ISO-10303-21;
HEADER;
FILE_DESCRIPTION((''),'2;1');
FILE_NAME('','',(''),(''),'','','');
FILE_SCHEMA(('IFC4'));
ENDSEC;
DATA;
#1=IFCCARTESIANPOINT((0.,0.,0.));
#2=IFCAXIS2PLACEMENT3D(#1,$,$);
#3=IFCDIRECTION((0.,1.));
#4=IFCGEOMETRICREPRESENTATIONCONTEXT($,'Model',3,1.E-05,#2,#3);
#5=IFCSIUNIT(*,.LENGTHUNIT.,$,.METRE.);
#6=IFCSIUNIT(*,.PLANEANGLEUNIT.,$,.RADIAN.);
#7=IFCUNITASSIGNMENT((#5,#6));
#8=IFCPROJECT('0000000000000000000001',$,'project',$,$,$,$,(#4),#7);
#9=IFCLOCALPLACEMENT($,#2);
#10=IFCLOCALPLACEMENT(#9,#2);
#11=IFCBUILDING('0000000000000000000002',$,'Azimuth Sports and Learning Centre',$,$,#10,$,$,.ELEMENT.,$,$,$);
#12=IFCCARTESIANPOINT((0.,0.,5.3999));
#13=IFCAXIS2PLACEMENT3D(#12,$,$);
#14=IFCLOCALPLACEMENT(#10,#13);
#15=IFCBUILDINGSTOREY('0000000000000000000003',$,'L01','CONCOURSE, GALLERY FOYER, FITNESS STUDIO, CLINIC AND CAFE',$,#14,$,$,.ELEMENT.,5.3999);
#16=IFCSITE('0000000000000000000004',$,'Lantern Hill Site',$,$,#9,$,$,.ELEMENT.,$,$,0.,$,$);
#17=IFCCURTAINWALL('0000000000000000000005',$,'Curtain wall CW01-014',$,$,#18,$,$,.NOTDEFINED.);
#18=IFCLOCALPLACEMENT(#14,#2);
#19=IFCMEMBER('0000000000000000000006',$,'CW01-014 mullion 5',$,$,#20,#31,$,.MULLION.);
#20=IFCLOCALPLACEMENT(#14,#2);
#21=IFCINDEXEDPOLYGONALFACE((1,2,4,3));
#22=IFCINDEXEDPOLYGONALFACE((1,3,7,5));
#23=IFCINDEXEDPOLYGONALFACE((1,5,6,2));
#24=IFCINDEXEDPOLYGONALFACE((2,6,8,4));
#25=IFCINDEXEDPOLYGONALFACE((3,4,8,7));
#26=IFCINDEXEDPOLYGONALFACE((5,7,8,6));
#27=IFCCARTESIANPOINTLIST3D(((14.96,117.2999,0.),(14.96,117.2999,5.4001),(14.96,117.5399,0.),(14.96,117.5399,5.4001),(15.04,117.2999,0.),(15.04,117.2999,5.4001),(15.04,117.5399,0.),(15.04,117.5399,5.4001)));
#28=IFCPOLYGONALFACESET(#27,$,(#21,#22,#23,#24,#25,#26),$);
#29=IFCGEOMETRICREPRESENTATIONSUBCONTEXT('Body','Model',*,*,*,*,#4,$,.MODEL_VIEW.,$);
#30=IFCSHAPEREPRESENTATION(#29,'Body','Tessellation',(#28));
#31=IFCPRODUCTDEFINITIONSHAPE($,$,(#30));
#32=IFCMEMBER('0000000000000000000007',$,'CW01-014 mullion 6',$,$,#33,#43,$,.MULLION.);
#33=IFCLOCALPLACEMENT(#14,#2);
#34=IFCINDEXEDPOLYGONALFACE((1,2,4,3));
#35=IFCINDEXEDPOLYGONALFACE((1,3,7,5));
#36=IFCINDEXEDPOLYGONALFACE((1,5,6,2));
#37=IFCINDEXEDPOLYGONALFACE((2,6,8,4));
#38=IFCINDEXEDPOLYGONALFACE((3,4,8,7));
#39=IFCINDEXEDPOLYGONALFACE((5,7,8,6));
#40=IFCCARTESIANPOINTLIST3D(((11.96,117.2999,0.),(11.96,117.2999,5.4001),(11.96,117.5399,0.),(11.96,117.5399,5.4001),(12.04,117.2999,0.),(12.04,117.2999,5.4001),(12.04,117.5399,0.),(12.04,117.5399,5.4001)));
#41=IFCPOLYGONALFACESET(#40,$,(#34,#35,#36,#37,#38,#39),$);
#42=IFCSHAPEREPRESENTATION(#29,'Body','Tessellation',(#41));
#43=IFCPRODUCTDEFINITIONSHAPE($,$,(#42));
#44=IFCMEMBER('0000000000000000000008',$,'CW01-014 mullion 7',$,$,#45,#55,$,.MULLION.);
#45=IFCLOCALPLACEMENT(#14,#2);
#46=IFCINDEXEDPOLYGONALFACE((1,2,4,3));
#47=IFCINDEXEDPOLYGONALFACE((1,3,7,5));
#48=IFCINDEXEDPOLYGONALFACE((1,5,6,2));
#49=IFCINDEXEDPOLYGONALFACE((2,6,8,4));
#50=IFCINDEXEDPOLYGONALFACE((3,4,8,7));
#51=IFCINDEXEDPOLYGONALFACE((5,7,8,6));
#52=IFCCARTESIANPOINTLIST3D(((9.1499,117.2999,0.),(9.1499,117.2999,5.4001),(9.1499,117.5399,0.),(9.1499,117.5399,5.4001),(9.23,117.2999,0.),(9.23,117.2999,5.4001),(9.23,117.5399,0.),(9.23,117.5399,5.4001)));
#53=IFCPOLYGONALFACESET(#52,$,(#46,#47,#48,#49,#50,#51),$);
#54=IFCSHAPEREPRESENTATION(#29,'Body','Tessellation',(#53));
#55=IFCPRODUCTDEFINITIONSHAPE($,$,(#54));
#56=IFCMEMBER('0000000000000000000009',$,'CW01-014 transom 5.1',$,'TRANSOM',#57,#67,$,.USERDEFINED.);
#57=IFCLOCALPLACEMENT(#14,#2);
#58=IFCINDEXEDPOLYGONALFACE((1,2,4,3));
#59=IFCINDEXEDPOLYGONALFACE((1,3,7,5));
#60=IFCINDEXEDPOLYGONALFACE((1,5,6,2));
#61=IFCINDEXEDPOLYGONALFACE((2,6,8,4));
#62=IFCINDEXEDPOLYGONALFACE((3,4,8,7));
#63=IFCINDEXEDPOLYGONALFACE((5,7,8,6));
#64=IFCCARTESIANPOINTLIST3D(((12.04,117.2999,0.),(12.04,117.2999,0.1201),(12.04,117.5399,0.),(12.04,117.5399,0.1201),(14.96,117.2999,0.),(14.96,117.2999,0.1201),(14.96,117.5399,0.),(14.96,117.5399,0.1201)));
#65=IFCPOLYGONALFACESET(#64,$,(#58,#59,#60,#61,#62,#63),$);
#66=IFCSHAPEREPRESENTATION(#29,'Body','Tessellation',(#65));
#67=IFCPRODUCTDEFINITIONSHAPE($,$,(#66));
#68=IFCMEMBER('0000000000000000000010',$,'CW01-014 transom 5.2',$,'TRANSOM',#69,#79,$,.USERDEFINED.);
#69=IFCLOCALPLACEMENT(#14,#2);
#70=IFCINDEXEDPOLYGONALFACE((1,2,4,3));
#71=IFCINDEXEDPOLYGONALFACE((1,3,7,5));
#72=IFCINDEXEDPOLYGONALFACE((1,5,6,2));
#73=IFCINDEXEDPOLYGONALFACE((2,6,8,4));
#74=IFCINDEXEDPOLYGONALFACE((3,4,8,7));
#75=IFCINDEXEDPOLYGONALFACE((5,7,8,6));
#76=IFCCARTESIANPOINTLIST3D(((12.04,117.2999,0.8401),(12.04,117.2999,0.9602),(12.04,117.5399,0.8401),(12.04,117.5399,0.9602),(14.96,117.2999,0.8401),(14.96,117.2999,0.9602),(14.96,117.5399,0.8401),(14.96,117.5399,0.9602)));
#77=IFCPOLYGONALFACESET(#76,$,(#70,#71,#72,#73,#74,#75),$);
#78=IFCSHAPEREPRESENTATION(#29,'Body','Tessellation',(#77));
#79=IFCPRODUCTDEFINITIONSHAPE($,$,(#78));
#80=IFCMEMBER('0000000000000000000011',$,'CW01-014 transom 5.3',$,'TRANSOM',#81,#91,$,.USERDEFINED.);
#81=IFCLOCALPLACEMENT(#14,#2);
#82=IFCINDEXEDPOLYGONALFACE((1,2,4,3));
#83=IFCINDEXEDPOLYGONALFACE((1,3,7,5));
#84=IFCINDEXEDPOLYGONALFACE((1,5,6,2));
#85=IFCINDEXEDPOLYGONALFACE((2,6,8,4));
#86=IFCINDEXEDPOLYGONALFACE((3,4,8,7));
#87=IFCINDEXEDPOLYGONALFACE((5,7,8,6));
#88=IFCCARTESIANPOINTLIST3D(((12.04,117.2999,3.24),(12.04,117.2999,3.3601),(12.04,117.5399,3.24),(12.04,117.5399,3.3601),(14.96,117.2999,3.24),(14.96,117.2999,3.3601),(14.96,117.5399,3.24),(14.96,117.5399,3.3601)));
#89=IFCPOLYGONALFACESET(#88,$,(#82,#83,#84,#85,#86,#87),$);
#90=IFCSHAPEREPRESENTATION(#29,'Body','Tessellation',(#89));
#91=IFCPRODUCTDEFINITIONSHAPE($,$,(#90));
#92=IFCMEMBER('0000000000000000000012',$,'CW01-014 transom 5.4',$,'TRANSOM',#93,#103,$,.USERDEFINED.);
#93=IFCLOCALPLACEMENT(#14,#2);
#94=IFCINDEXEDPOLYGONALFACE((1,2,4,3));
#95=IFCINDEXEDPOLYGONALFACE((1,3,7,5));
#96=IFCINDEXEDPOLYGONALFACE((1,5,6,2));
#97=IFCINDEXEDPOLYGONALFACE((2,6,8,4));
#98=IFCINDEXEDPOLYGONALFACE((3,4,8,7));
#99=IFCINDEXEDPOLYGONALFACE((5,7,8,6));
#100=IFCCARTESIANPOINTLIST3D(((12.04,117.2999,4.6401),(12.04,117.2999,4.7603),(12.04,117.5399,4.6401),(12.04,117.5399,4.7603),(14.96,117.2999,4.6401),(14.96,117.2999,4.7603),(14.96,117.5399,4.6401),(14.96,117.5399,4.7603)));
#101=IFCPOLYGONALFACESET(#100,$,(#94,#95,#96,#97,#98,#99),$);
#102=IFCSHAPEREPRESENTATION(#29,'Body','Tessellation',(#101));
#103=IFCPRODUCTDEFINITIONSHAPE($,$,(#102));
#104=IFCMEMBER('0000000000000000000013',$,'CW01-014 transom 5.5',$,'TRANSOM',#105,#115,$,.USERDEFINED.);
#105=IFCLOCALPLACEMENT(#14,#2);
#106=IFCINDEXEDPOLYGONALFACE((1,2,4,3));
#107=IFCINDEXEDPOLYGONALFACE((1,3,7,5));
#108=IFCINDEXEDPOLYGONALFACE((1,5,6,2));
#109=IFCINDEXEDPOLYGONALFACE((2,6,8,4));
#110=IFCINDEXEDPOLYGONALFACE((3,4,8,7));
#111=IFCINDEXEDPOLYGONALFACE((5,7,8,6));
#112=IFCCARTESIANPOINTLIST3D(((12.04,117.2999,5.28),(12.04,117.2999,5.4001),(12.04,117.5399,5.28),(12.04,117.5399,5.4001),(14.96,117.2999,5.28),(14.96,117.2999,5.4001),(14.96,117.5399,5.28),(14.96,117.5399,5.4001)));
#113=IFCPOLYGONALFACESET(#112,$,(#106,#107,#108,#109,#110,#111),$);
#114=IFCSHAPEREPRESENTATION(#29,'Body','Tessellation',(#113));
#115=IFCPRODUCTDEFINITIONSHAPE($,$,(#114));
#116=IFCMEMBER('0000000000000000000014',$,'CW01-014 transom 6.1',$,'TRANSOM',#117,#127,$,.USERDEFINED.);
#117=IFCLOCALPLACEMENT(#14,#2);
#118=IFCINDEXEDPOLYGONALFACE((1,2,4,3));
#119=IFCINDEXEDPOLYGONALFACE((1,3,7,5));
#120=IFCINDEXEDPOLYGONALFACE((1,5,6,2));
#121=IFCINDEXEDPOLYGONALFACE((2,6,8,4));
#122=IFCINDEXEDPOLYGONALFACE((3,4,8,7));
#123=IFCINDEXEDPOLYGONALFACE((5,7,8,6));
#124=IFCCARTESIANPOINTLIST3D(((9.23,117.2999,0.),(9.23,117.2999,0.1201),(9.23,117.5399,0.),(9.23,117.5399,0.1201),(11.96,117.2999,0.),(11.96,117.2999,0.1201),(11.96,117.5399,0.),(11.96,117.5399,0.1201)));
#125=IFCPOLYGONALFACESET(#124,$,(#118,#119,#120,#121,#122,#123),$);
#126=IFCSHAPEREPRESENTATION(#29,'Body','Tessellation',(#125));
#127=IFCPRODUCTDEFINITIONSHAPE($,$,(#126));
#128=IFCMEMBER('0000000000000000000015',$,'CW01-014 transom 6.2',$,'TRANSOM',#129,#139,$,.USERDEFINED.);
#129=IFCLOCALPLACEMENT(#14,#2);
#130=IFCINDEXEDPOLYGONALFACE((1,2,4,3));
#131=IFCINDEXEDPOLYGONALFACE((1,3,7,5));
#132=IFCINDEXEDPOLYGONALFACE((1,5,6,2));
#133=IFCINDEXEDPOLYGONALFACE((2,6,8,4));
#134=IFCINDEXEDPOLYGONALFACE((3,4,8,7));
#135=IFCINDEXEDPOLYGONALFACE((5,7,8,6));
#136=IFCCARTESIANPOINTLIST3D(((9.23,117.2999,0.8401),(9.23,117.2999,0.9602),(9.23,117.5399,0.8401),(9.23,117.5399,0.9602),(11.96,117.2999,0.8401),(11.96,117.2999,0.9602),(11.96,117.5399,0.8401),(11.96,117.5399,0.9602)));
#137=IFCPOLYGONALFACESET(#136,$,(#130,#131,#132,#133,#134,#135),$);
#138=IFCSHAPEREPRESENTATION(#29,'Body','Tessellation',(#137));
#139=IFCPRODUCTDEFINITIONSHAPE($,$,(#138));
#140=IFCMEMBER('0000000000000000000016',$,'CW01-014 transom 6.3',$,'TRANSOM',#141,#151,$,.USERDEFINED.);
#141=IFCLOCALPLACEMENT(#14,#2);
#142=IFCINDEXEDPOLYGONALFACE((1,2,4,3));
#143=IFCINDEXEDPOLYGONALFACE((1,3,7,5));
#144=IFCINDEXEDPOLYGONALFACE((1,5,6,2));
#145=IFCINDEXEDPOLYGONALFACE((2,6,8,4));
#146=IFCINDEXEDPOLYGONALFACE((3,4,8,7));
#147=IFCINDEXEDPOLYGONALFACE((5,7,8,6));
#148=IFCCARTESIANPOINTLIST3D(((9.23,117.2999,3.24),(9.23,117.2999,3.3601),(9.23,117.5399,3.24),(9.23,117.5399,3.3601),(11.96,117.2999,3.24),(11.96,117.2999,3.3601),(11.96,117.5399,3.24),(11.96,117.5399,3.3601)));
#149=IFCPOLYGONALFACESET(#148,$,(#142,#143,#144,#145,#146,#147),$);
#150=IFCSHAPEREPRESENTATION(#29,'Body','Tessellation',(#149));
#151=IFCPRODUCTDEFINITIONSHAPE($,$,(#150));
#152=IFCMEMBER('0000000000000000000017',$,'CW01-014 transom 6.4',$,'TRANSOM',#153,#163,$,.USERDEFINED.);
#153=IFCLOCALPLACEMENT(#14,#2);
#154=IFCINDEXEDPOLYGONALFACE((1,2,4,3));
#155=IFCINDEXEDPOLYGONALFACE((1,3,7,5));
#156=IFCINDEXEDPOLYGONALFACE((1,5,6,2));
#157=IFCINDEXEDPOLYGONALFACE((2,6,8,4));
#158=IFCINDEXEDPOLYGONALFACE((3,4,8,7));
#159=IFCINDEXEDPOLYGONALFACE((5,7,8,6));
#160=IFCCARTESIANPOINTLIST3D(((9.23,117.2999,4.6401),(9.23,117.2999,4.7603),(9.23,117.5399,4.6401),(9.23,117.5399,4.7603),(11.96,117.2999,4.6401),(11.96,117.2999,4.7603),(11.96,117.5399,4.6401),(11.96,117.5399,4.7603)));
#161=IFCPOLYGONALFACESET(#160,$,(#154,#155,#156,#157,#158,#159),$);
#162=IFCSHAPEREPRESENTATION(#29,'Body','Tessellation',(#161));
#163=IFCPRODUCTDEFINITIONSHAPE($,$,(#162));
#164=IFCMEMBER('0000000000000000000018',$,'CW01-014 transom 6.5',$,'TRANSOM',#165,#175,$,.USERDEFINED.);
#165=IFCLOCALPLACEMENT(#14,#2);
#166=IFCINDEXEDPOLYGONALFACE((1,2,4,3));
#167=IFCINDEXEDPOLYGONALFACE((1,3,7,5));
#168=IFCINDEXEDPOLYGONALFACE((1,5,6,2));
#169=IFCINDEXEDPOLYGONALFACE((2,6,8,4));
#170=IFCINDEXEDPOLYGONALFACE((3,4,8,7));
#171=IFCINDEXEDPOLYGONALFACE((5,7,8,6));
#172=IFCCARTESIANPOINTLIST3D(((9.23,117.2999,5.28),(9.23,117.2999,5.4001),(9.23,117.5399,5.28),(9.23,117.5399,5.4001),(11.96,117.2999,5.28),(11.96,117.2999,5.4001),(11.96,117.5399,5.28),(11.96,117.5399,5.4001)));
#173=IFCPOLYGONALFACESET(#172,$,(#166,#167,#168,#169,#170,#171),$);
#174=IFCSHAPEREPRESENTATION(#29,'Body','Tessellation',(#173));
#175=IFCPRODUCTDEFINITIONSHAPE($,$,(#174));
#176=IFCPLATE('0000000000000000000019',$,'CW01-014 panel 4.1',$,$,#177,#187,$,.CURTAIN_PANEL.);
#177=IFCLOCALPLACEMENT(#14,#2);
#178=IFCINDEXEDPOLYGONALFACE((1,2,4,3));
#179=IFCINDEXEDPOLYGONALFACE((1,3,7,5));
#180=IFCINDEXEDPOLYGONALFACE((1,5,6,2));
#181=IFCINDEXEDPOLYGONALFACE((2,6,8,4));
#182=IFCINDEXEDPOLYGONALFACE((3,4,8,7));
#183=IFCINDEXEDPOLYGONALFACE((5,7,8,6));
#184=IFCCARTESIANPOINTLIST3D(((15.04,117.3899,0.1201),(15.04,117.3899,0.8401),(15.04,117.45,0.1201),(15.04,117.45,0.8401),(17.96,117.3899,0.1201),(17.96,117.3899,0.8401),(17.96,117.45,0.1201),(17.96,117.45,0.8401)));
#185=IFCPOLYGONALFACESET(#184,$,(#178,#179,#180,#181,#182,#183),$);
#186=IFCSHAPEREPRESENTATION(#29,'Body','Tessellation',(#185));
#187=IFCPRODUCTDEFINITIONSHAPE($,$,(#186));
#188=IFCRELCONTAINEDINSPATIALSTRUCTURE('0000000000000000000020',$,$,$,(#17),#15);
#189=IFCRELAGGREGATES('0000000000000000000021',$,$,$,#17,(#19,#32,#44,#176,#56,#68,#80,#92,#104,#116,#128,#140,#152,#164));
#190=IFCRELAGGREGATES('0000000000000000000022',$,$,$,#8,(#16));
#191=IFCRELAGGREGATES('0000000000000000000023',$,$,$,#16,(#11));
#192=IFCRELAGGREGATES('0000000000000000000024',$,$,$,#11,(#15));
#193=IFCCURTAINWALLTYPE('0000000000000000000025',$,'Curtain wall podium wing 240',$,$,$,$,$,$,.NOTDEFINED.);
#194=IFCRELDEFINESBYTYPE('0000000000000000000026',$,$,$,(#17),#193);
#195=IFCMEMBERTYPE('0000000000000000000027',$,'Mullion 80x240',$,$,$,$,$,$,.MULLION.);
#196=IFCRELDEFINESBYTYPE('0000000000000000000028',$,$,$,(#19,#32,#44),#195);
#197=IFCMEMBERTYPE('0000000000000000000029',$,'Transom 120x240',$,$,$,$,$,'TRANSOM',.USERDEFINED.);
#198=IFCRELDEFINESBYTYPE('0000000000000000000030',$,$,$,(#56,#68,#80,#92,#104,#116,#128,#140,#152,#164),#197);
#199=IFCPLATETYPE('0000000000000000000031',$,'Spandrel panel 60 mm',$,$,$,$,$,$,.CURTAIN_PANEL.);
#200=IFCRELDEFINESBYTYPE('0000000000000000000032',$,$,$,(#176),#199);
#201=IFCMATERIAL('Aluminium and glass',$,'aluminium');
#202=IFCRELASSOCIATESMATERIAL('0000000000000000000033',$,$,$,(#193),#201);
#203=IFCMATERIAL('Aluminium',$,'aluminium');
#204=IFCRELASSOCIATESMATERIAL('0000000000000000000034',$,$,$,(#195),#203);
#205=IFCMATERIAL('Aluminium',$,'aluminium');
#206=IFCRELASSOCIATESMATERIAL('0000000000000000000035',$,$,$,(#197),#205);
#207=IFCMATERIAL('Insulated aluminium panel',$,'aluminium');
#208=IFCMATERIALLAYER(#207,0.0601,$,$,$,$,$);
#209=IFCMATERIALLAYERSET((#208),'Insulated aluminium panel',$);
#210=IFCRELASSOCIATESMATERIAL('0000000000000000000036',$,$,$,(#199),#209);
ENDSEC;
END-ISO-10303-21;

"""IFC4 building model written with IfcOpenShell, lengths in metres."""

from ifc_helpers import new_model, si_unit, direction, frame, origin, origin_2d, place, context, subcontext, project, spatial, rectangle, extrude, material, layer, layer_set, material_profile, profile_set, type_object, element, aggregate, save


model = new_model("IFC4")

# Units and contexts
model_context = context("Model", 3, precision=1e-05, world=origin(), true_north=direction((0.0, 1.0)))
body_context = subcontext(model_context, "Body", "Model", "MODEL_VIEW")
ifc_project = project(units=[si_unit("LENGTHUNIT", "METRE"), si_unit("PLANEANGLEUNIT", "RADIAN")], contexts=[model_context])

# Site, building, storey
site_placement = place(None, origin())
site = spatial("IfcSite", under=ifc_project, at=site_placement, Name="Lantern Hill Site", CompositionType="ELEMENT", RefElevation=0.0)
building_placement = place(site_placement, origin())
building = spatial("IfcBuilding", under=site, at=building_placement, Name="Azimuth Sports and Learning Centre", CompositionType="ELEMENT")
storey_placement = place(building_placement, frame((0.0, 0.0, 5.3999)))
storey = spatial("IfcBuildingStorey", under=building, at=storey_placement, Name="L01", Description="CONCOURSE, GALLERY FOYER, FITNESS STUDIO, CLINIC AND CAFE", CompositionType="ELEMENT", Elevation=5.3999)

# Curtain wall, members, plate
ifc_material_1 = material(Name="Aluminium and glass", Category="aluminium")
curtain_wall_type = type_object("IfcCurtainWallType", Name="Curtain wall podium wing 240", PredefinedType="NOTDEFINED", material=ifc_material_1)
curtain_wall_placement = place(storey_placement, origin())
curtain_wall = element("IfcCurtainWall", 1, at=curtain_wall_placement, inside=storey, type_object=curtain_wall_type, Name="Curtain wall CW01-014", PredefinedType="NOTDEFINED")
ifc_material_2 = material(Name="Aluminium", Category="aluminium")
ifc_material_profile_1 = material_profile(ifc_material_2, rectangle(XDim=0.24, YDim=0.0801, at=origin_2d()), Name="Mullion 80x240")
ifc_profile_set_1 = profile_set([ifc_material_profile_1], Name="Aluminium")
member_type_1 = type_object("IfcMemberType", Name="Mullion 80x240", PredefinedType="MULLION", material=ifc_profile_set_1)
member_1_placement = place(storey_placement, frame((15.0, 117.4199, 0.0), z_axis=(0.0, 0.0, 1.0), x_axis=(0.0, -1.0, 0.0)))
member_1 = element("IfcMember", 2, at=member_1_placement, type_object=member_type_1, Name="CW01-014 mullion 5", PredefinedType="MULLION", context=body_context, shape_type="SweptSolid", body=[
    extrude(rectangle(XDim=0.24, YDim=0.0801, at=origin_2d()), origin(), (0.0, 0.0, 1.0), 5.4001),
])
member_2_placement = place(storey_placement, frame((12.0, 117.4199, 0.0), z_axis=(0.0, 0.0, 1.0), x_axis=(0.0, -1.0, 0.0)))
member_2 = element("IfcMember", 3, at=member_2_placement, type_object=member_type_1, Name="CW01-014 mullion 6", PredefinedType="MULLION", context=body_context, shape_type="SweptSolid", body=[
    extrude(rectangle(XDim=0.24, YDim=0.0801, at=origin_2d()), origin(), (0.0, 0.0, 1.0), 5.4001),
])
member_3_placement = place(storey_placement, frame((9.1899, 117.4199, 0.0), z_axis=(0.0, 0.0, 1.0), x_axis=(0.0, -1.0, 0.0)))
member_3 = element("IfcMember", 4, at=member_3_placement, type_object=member_type_1, Name="CW01-014 mullion 7", PredefinedType="MULLION", context=body_context, shape_type="SweptSolid", body=[
    extrude(rectangle(XDim=0.24, YDim=0.0801, at=origin_2d()), origin(), (0.0, 0.0, 1.0), 5.4001),
])
ifc_material_3 = material(Name="Aluminium", Category="aluminium")
ifc_material_profile_2 = material_profile(ifc_material_3, rectangle(XDim=0.24, YDim=0.1201, at=origin_2d()), Name="Transom 120x240")
ifc_profile_set_2 = profile_set([ifc_material_profile_2], Name="Aluminium")
member_type_2 = type_object("IfcMemberType", Name="Transom 120x240", ElementType="TRANSOM", PredefinedType="USERDEFINED", material=ifc_profile_set_2)
member_4_placement = place(storey_placement, frame((14.96, 117.4199, 0.0601), z_axis=(-1.0, 0.0, 0.0), x_axis=(0.0, -1.0, 0.0)))
member_4 = element("IfcMember", 5, at=member_4_placement, type_object=member_type_2, Name="CW01-014 transom 5.1", ObjectType="TRANSOM", PredefinedType="USERDEFINED", context=body_context, shape_type="SweptSolid", body=[
    extrude(rectangle(XDim=0.24, YDim=0.1201, at=origin_2d()), origin(), (0.0, 0.0, 1.0), 2.9199),
])
member_5_placement = place(storey_placement, frame((14.96, 117.4199, 0.9001), z_axis=(-1.0, 0.0, 0.0), x_axis=(0.0, -1.0, 0.0)))
member_5 = element("IfcMember", 6, at=member_5_placement, type_object=member_type_2, Name="CW01-014 transom 5.2", ObjectType="TRANSOM", PredefinedType="USERDEFINED", context=body_context, shape_type="SweptSolid", body=[
    extrude(rectangle(XDim=0.24, YDim=0.1201, at=origin_2d()), origin(), (0.0, 0.0, 1.0), 2.9199),
])
member_6_placement = place(storey_placement, frame((14.96, 117.4199, 3.3), z_axis=(-1.0, 0.0, 0.0), x_axis=(0.0, -1.0, 0.0)))
member_6 = element("IfcMember", 7, at=member_6_placement, type_object=member_type_2, Name="CW01-014 transom 5.3", ObjectType="TRANSOM", PredefinedType="USERDEFINED", context=body_context, shape_type="SweptSolid", body=[
    extrude(rectangle(XDim=0.24, YDim=0.1201, at=origin_2d()), origin(), (0.0, 0.0, 1.0), 2.9199),
])
member_7_placement = place(storey_placement, frame((14.96, 117.4199, 4.7002), z_axis=(-1.0, 0.0, 0.0), x_axis=(0.0, -1.0, 0.0)))
member_7 = element("IfcMember", 8, at=member_7_placement, type_object=member_type_2, Name="CW01-014 transom 5.4", ObjectType="TRANSOM", PredefinedType="USERDEFINED", context=body_context, shape_type="SweptSolid", body=[
    extrude(rectangle(XDim=0.24, YDim=0.1201, at=origin_2d()), origin(), (0.0, 0.0, 1.0), 2.9199),
])
member_8_placement = place(storey_placement, frame((14.96, 117.4199, 5.3401), z_axis=(-1.0, 0.0, 0.0), x_axis=(0.0, -1.0, 0.0)))
member_8 = element("IfcMember", 9, at=member_8_placement, type_object=member_type_2, Name="CW01-014 transom 5.5", ObjectType="TRANSOM", PredefinedType="USERDEFINED", context=body_context, shape_type="SweptSolid", body=[
    extrude(rectangle(XDim=0.24, YDim=0.1201, at=origin_2d()), origin(), (0.0, 0.0, 1.0), 2.9199),
])
member_9_placement = place(storey_placement, frame((11.96, 117.4199, 0.0601), z_axis=(-1.0, 0.0, 0.0), x_axis=(0.0, -1.0, 0.0)))
member_9 = element("IfcMember", 10, at=member_9_placement, type_object=member_type_2, Name="CW01-014 transom 6.1", ObjectType="TRANSOM", PredefinedType="USERDEFINED", context=body_context, shape_type="SweptSolid", body=[
    extrude(rectangle(XDim=0.24, YDim=0.1201, at=origin_2d()), origin(), (0.0, 0.0, 1.0), 2.73),
])
member_10_placement = place(storey_placement, frame((11.96, 117.4199, 0.9001), z_axis=(-1.0, 0.0, 0.0), x_axis=(0.0, -1.0, 0.0)))
member_10 = element("IfcMember", 11, at=member_10_placement, type_object=member_type_2, Name="CW01-014 transom 6.2", ObjectType="TRANSOM", PredefinedType="USERDEFINED", context=body_context, shape_type="SweptSolid", body=[
    extrude(rectangle(XDim=0.24, YDim=0.1201, at=origin_2d()), origin(), (0.0, 0.0, 1.0), 2.73),
])
member_11_placement = place(storey_placement, frame((11.96, 117.4199, 3.3), z_axis=(-1.0, 0.0, 0.0), x_axis=(0.0, -1.0, 0.0)))
member_11 = element("IfcMember", 12, at=member_11_placement, type_object=member_type_2, Name="CW01-014 transom 6.3", ObjectType="TRANSOM", PredefinedType="USERDEFINED", context=body_context, shape_type="SweptSolid", body=[
    extrude(rectangle(XDim=0.24, YDim=0.1201, at=origin_2d()), origin(), (0.0, 0.0, 1.0), 2.73),
])
member_12_placement = place(storey_placement, frame((11.96, 117.4199, 4.7002), z_axis=(-1.0, 0.0, 0.0), x_axis=(0.0, -1.0, 0.0)))
member_12 = element("IfcMember", 13, at=member_12_placement, type_object=member_type_2, Name="CW01-014 transom 6.4", ObjectType="TRANSOM", PredefinedType="USERDEFINED", context=body_context, shape_type="SweptSolid", body=[
    extrude(rectangle(XDim=0.24, YDim=0.1201, at=origin_2d()), origin(), (0.0, 0.0, 1.0), 2.73),
])
member_13_placement = place(storey_placement, frame((11.96, 117.4199, 5.3401), z_axis=(-1.0, 0.0, 0.0), x_axis=(0.0, -1.0, 0.0)))
member_13 = element("IfcMember", 14, at=member_13_placement, type_object=member_type_2, Name="CW01-014 transom 6.5", ObjectType="TRANSOM", PredefinedType="USERDEFINED", context=body_context, shape_type="SweptSolid", body=[
    extrude(rectangle(XDim=0.24, YDim=0.1201, at=origin_2d()), origin(), (0.0, 0.0, 1.0), 2.73),
])
ifc_material_4 = material(Name="Insulated aluminium panel", Category="aluminium")
ifc_layer_1 = layer(ifc_material_4, 0.0601)
ifc_layer_set_1 = layer_set([ifc_layer_1], Name="Insulated aluminium panel")
plate_type_1 = type_object("IfcPlateType", Name="Spandrel panel 60 mm", PredefinedType="CURTAIN_PANEL", material=ifc_layer_set_1)
plate_1_placement = place(storey_placement, frame((16.5, 117.4199, 0.1201), z_axis=(0.0, 0.0, 1.0), x_axis=(-1.0, 0.0, 0.0)))
plate_1 = element("IfcPlate", 15, at=plate_1_placement, type_object=plate_type_1, Name="CW01-014 panel 4.1", PredefinedType="CURTAIN_PANEL", context=body_context, shape_type="SweptSolid", body=[
    extrude(rectangle(XDim=2.9199, YDim=0.0601, at=origin_2d()), origin(), (0.0, 0.0, 1.0), 0.72),
])
aggregate(curtain_wall, [member_1, member_2, member_3, plate_1, member_4, member_5, member_6, member_7, member_8, member_9, member_10, member_11, member_12, member_13])

save(model, "model.ifc")
